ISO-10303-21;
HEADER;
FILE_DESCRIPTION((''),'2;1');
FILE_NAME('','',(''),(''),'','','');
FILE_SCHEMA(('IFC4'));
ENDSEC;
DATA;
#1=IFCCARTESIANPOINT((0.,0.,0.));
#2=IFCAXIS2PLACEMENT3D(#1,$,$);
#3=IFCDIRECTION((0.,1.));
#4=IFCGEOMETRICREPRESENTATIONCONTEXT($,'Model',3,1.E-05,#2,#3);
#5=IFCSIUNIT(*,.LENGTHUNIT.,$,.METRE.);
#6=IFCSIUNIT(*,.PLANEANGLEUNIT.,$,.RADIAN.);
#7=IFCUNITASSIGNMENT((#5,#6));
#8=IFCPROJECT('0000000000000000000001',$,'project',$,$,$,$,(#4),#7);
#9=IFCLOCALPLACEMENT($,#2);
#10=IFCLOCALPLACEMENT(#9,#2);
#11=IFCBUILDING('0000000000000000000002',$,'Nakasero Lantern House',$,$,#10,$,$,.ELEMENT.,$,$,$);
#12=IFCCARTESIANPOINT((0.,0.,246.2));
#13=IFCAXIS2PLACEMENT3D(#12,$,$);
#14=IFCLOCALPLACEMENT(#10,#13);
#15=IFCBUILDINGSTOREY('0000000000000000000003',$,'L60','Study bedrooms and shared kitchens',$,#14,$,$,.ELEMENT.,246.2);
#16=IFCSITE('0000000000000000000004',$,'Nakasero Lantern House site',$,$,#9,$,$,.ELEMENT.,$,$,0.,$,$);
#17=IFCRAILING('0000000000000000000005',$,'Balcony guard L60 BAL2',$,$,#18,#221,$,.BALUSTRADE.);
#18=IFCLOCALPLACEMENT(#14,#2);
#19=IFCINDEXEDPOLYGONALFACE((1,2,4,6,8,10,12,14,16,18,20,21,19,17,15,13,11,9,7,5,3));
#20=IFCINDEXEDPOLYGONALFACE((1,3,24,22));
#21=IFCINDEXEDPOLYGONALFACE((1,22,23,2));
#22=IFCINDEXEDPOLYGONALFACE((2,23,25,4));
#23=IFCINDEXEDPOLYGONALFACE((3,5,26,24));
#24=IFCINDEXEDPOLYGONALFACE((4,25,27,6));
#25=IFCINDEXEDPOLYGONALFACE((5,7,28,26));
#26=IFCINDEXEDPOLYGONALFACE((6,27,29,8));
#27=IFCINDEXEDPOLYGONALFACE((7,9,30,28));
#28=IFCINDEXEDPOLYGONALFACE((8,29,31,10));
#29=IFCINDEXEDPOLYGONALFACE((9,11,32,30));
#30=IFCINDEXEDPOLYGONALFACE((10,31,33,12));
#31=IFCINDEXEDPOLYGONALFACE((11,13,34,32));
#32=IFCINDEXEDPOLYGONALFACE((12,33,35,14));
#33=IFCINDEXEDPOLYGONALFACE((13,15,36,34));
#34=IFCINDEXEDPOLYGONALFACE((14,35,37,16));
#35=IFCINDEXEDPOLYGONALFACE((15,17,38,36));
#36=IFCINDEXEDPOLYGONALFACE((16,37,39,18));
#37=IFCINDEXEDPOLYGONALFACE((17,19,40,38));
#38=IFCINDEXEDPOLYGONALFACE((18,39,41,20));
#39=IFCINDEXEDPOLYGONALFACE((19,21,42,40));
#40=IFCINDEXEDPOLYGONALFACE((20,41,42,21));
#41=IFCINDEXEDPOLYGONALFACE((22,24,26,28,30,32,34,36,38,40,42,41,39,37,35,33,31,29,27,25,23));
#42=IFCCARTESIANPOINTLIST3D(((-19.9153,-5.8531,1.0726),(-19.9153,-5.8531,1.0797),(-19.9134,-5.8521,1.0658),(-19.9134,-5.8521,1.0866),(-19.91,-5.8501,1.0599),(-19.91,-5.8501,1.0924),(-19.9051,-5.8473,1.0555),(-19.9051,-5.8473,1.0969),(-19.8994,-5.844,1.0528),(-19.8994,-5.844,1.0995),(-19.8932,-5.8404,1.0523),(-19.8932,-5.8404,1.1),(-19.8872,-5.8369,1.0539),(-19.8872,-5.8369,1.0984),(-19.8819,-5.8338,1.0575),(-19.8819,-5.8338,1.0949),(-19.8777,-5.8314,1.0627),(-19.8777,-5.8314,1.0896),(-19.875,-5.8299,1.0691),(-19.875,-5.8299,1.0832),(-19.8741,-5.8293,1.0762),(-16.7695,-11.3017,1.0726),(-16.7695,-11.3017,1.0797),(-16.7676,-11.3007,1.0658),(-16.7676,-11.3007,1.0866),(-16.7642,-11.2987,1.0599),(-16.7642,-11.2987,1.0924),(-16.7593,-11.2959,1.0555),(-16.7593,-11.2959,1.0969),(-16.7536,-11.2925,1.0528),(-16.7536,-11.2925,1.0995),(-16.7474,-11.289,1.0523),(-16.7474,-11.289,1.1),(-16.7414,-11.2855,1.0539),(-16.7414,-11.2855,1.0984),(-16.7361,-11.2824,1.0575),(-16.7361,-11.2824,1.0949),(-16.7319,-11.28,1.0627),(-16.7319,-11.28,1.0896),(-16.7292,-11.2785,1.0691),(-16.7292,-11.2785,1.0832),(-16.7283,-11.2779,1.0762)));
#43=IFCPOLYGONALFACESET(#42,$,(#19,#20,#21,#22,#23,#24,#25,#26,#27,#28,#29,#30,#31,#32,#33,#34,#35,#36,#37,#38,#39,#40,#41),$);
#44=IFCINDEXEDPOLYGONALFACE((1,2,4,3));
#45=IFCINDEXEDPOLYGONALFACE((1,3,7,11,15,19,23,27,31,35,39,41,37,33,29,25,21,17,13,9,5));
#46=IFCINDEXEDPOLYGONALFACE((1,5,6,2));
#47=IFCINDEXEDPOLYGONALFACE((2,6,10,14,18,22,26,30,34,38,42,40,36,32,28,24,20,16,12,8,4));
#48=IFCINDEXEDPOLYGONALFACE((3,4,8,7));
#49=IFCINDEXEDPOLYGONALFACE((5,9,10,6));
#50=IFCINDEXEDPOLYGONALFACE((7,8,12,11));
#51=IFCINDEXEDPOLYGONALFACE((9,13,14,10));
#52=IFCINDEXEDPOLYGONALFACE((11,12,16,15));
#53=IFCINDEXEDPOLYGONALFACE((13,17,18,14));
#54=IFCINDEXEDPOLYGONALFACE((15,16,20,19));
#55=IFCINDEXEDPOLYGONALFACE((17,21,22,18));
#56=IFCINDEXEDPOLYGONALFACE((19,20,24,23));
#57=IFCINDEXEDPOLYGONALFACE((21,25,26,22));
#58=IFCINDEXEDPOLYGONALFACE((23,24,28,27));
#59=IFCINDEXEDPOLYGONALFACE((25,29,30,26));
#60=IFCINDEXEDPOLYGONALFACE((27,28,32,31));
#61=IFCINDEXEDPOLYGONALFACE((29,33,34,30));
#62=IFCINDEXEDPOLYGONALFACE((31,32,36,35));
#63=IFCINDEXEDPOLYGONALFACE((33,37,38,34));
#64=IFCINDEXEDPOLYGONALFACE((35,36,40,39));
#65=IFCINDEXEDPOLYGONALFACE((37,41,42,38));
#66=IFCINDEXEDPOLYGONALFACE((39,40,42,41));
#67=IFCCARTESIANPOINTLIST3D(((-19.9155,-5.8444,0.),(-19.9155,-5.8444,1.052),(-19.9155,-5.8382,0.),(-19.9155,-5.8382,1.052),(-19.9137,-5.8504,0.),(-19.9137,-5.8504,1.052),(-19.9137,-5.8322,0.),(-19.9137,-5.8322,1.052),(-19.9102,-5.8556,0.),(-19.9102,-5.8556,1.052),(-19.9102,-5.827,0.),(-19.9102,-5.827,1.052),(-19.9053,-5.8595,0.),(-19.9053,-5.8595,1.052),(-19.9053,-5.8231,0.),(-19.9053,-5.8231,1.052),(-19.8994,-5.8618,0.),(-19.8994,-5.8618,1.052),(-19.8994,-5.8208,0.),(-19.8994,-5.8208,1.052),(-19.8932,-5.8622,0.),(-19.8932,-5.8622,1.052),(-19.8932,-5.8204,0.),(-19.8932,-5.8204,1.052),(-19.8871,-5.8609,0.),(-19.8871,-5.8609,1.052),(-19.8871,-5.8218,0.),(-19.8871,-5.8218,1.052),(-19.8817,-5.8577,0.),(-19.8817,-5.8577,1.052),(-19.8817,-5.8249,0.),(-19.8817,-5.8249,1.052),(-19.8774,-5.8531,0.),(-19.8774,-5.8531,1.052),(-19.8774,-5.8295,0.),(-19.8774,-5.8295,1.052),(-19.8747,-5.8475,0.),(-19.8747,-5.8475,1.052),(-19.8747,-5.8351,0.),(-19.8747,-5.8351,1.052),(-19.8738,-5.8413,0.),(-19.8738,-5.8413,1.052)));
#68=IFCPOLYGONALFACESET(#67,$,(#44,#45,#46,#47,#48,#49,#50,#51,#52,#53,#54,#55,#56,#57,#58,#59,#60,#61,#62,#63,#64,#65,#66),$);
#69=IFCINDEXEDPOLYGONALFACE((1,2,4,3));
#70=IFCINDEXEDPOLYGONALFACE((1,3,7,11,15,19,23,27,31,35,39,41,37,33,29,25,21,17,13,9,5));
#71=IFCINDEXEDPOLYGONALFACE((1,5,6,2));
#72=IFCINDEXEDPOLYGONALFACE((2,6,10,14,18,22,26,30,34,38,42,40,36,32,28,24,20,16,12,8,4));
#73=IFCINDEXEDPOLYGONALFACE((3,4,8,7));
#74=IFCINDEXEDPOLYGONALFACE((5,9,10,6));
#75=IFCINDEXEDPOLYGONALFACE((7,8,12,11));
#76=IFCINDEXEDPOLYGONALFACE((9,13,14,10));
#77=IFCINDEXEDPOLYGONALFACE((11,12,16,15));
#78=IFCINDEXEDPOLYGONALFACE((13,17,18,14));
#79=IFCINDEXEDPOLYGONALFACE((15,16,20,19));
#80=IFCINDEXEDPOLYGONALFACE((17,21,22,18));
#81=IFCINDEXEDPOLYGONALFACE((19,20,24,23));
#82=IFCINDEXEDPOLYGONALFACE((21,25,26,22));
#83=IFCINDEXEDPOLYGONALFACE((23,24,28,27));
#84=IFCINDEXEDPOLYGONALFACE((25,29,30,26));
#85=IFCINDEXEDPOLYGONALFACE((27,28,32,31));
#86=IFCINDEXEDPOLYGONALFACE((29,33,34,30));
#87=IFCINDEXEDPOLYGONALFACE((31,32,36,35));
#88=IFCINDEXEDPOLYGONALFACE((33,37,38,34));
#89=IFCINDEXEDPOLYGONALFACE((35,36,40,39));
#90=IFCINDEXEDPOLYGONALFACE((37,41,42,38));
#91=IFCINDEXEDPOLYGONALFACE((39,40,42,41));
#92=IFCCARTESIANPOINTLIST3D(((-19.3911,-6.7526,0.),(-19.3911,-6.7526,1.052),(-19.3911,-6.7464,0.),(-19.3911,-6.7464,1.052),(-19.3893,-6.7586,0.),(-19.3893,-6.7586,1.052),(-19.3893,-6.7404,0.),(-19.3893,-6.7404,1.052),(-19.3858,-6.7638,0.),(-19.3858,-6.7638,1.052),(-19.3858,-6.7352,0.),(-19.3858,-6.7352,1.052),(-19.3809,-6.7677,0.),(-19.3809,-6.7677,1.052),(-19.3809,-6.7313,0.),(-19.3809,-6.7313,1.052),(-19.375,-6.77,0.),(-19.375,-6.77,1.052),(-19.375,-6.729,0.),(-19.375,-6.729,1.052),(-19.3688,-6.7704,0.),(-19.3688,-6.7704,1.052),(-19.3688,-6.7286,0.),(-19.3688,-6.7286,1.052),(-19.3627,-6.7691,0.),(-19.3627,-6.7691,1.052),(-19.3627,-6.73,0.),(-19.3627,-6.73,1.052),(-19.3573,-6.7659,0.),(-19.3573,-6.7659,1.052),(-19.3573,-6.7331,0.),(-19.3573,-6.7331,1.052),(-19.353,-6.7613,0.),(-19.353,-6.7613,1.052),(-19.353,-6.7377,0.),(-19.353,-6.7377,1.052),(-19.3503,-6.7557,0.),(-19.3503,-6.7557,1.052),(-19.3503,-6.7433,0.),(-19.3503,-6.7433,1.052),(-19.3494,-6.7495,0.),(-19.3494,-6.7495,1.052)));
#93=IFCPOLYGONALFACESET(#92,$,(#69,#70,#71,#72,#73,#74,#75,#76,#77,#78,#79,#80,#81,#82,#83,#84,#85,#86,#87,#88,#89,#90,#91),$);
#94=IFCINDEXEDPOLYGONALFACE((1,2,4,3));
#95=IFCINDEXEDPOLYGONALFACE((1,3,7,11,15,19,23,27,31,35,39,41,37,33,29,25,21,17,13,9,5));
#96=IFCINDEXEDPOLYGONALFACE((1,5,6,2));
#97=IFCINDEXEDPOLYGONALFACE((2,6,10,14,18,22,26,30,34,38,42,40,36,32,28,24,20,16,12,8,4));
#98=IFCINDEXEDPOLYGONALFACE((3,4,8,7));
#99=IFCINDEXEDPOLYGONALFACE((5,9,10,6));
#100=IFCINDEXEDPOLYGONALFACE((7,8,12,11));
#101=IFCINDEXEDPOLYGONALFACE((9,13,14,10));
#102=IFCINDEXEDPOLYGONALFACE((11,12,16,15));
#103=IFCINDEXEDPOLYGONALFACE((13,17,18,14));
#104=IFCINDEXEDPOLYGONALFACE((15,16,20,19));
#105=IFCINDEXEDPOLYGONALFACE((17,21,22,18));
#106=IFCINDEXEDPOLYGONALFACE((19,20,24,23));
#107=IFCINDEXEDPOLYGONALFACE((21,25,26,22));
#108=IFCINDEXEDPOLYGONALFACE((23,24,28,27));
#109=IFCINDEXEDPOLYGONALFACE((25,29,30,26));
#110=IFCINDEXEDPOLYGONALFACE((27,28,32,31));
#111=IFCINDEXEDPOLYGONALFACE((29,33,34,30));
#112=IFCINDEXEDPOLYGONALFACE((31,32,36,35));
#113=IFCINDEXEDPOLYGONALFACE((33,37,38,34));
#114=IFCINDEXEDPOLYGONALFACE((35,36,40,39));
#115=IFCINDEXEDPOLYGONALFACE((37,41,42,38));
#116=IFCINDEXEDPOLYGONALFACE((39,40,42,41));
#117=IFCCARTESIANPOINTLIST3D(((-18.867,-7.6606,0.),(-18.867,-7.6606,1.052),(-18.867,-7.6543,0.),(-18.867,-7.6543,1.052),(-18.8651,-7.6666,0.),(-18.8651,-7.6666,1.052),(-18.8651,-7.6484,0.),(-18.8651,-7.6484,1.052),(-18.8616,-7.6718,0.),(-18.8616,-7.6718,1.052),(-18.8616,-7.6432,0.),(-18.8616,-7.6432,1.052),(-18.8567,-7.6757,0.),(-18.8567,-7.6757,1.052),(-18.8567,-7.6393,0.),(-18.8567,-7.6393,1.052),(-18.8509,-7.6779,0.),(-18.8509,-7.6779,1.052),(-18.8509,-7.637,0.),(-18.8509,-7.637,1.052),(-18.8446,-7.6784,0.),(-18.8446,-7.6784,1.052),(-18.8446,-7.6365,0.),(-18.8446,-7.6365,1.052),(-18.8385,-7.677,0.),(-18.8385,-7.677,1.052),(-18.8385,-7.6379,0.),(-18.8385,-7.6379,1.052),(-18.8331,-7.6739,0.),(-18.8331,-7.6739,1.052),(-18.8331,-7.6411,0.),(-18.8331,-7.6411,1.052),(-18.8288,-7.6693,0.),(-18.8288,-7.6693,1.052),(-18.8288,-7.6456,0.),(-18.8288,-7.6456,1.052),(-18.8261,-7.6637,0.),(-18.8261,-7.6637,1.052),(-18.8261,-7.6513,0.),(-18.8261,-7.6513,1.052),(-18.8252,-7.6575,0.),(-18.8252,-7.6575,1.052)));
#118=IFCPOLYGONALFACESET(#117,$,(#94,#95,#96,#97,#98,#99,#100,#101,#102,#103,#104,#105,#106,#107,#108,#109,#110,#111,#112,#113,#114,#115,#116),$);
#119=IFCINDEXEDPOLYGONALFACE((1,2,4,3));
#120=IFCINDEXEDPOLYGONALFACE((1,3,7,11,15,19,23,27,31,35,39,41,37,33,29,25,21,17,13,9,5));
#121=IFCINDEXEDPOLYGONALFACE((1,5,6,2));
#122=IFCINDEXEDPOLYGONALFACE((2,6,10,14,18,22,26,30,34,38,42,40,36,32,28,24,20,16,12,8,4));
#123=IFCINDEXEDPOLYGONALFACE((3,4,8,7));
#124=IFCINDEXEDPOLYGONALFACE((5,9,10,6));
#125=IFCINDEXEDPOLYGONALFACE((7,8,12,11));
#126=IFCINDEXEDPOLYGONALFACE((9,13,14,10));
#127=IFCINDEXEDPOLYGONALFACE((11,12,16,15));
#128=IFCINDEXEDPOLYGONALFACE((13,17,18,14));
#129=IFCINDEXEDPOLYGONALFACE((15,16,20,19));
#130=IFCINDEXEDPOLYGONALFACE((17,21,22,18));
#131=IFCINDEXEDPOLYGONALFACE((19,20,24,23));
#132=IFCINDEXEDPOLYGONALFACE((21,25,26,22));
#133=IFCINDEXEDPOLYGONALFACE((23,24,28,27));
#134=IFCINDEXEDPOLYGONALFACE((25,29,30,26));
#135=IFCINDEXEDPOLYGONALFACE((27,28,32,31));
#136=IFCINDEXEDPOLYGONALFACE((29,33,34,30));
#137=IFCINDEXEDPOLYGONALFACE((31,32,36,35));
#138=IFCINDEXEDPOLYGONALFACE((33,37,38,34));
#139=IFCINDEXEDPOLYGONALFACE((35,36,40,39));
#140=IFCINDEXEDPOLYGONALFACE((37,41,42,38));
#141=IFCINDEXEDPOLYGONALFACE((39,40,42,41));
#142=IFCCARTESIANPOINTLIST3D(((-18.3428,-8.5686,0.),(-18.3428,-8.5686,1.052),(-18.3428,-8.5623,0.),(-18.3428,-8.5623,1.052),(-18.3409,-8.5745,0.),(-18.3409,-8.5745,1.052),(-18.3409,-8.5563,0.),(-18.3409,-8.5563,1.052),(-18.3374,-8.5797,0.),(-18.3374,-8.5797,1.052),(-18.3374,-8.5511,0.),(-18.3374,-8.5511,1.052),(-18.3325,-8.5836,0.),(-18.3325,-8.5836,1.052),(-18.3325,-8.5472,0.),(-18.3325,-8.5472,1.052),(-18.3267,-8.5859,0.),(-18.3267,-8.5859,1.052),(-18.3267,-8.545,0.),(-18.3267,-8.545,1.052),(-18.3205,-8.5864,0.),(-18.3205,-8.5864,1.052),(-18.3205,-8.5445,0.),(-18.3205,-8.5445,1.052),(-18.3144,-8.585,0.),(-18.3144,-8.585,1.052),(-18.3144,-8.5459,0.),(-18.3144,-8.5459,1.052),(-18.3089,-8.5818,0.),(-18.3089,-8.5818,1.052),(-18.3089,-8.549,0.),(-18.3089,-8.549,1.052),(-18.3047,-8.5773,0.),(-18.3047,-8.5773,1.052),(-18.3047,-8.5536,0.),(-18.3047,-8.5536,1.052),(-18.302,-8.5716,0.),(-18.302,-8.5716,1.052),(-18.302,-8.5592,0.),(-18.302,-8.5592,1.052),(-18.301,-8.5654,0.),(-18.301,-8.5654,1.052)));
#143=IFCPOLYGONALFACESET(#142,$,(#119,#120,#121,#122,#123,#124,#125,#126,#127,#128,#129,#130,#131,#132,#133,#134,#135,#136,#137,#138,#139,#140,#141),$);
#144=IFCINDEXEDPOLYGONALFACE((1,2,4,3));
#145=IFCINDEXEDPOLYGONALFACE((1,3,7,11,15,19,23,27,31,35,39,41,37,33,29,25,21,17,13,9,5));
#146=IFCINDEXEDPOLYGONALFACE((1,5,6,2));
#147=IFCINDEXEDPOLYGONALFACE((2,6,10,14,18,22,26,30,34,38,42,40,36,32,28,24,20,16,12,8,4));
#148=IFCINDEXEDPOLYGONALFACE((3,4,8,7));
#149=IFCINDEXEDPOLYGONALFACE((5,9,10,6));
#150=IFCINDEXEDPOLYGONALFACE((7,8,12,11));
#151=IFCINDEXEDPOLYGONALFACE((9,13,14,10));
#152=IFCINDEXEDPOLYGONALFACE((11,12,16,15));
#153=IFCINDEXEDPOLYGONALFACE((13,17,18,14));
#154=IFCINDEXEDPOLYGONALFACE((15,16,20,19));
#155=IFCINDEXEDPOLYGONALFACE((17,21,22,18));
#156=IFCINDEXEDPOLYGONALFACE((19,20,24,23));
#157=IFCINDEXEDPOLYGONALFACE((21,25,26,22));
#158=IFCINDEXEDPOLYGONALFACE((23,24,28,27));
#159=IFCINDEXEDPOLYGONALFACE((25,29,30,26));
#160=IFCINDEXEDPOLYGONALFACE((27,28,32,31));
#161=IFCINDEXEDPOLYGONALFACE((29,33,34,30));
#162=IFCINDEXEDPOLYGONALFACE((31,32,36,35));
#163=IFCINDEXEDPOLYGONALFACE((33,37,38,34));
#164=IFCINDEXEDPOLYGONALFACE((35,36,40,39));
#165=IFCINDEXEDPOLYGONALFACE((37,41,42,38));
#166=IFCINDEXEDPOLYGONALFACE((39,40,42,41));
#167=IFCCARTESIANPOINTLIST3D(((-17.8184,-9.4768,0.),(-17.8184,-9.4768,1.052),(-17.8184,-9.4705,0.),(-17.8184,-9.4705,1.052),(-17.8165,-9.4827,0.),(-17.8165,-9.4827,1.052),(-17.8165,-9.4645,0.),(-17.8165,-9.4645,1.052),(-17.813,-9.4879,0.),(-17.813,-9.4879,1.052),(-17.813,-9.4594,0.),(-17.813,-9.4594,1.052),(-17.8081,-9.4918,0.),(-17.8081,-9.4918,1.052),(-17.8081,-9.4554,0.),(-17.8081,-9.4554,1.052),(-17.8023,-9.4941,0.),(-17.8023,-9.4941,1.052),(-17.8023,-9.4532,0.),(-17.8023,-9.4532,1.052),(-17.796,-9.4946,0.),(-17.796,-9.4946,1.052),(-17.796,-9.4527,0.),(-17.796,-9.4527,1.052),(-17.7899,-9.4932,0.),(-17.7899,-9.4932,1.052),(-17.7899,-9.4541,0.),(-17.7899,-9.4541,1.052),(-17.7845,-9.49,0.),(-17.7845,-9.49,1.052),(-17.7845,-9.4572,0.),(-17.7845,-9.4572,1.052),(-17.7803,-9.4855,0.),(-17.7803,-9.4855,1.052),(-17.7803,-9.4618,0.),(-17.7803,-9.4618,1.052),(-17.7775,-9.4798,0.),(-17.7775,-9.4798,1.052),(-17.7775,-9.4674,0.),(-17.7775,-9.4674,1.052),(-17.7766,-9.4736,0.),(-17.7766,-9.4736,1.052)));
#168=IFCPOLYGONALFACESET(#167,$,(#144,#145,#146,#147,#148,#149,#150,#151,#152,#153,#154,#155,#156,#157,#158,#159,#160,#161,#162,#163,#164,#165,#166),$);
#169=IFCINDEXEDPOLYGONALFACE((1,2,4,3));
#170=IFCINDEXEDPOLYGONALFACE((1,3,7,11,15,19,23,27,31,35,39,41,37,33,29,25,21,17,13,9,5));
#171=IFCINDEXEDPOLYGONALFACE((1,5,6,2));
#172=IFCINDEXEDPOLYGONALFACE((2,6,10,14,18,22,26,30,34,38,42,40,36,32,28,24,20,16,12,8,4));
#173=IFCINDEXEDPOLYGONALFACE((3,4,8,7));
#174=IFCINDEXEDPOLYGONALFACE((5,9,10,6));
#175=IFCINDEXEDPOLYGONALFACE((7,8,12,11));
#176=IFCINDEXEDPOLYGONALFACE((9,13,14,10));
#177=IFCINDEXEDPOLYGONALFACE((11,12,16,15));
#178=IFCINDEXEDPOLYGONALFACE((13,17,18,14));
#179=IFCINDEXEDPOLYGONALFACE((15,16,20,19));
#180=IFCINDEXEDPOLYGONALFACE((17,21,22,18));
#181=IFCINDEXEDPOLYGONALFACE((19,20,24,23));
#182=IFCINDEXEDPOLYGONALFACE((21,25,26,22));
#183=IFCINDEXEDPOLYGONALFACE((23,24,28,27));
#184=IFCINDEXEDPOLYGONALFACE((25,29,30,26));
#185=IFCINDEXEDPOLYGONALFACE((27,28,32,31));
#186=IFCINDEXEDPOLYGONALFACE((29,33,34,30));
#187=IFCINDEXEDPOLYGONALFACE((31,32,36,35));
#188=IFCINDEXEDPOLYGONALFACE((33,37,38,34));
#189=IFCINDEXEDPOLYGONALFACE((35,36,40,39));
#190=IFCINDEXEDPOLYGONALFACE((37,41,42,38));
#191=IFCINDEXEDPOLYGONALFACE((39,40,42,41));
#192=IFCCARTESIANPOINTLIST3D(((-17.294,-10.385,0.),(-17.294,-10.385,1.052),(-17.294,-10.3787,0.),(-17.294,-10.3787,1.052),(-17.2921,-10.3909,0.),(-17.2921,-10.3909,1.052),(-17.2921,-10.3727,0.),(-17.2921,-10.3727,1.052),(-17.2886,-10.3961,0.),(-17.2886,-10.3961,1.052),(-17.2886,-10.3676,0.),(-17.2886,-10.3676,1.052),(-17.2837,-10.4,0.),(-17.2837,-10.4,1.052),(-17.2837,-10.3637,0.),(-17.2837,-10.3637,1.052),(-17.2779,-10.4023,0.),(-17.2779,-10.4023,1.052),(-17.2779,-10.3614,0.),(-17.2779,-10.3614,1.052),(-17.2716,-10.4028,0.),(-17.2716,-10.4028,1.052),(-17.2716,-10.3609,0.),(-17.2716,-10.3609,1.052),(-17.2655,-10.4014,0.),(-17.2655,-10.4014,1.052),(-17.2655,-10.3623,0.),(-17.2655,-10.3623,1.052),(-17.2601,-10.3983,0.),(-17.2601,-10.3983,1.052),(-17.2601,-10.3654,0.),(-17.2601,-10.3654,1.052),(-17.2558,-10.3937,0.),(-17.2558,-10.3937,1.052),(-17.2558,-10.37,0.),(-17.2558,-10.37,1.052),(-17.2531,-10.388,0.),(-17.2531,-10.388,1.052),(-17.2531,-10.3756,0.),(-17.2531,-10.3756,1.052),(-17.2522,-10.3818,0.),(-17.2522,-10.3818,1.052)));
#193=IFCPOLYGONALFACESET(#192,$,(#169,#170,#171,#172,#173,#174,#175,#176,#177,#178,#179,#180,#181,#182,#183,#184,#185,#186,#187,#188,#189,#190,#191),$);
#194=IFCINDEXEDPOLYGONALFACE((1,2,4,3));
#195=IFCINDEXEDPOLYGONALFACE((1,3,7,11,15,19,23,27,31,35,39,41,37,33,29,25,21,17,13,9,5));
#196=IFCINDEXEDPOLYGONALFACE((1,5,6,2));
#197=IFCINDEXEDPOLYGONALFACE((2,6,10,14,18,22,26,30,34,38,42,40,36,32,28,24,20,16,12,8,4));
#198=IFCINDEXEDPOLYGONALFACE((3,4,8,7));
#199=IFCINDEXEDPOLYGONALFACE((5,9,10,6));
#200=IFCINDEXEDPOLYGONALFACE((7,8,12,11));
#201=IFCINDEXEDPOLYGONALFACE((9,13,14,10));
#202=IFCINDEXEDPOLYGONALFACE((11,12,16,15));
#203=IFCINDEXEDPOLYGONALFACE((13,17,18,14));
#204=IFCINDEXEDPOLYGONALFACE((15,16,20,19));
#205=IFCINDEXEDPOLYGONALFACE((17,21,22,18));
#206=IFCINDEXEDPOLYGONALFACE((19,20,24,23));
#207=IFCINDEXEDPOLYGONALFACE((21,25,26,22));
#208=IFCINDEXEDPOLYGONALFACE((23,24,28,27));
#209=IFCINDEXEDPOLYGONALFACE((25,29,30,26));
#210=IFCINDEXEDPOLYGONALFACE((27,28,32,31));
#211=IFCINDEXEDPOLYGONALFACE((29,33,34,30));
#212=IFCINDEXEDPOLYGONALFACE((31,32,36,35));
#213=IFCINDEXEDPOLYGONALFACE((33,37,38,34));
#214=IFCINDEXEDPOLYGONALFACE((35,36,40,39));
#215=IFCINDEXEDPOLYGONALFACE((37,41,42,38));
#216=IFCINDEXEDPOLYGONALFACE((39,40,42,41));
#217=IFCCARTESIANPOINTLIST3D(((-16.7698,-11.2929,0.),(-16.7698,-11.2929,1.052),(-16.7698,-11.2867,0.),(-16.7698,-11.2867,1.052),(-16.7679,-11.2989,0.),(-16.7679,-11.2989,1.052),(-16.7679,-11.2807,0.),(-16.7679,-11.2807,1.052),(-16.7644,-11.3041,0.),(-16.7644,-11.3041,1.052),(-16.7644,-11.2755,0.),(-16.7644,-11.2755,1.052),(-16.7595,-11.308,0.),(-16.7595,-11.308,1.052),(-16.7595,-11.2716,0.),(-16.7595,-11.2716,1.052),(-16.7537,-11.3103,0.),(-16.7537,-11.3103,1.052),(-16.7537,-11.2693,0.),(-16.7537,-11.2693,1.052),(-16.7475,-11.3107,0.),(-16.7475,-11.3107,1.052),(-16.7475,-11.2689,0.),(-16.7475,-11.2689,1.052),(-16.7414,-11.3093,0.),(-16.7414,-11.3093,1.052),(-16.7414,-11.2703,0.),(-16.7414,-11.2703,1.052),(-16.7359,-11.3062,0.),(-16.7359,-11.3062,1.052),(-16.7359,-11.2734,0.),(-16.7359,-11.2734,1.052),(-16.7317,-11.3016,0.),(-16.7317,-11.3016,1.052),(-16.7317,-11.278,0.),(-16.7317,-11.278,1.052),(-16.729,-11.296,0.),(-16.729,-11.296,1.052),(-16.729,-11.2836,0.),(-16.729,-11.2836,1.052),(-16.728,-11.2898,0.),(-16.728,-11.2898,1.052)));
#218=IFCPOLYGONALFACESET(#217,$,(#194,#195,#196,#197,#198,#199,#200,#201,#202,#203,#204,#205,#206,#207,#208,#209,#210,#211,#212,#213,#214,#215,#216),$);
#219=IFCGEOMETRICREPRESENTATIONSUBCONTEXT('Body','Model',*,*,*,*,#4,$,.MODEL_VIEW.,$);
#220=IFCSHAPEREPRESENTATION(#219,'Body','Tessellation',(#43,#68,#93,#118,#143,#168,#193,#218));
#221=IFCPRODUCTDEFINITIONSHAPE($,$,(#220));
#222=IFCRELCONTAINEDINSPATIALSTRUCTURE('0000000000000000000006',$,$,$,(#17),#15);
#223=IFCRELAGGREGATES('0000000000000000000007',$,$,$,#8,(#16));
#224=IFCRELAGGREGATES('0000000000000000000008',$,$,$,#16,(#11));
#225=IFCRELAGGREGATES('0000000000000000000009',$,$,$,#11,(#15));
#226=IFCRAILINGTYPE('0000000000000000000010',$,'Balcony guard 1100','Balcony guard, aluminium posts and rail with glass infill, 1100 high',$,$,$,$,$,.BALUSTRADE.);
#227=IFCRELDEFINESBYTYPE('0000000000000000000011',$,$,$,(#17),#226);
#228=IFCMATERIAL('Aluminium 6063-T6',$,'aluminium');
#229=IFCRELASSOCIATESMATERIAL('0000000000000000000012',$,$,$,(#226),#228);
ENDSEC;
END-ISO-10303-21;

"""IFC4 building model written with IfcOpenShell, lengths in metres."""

from ifc_helpers import new_model, si_unit, direction, frame, origin, origin_2d, place, context, subcontext, project, spatial, circle, extrude, material, type_object, element, save


model = new_model("IFC4")

# Units and contexts
model_context = context("Model", 3, precision=1e-05, world=origin(), true_north=direction((0.0, 1.0)))
body_context = subcontext(model_context, "Body", "Model", "MODEL_VIEW")
ifc_project = project(units=[si_unit("LENGTHUNIT", "METRE"), si_unit("PLANEANGLEUNIT", "RADIAN")], contexts=[model_context])

# Site, building, storey
site_placement = place(None, origin())
site = spatial("IfcSite", under=ifc_project, at=site_placement, Name="Nakasero Lantern House site", CompositionType="ELEMENT", RefElevation=0.0)
building_placement = place(site_placement, origin())
building = spatial("IfcBuilding", under=site, at=building_placement, Name="Nakasero Lantern House", CompositionType="ELEMENT")
storey_placement = place(building_placement, frame((0.0, 0.0, 246.2)))
storey = spatial("IfcBuildingStorey", under=building, at=storey_placement, Name="L60", Description="Study bedrooms and shared kitchens", CompositionType="ELEMENT", Elevation=246.2)

# Railing
ifc_material_1 = material(Name="Aluminium 6063-T6", Category="aluminium")
railing_type = type_object("IfcRailingType", Name="Balcony guard 1100", Description="Balcony guard, aluminium posts and rail with glass infill, 1100 high", PredefinedType="BALUSTRADE", material=ifc_material_1)
railing_placement = place(storey_placement, frame((-19.8948, -5.8413, 0.0)))
element("IfcRailing", 1, at=railing_placement, inside=storey, type_object=railing_type, Name="Balcony guard L60 BAL2", PredefinedType="BALUSTRADE", context=body_context, shape_type="SweptSolid", body=[
    extrude(circle(Radius=0.0239, at=origin_2d()), frame((0.0, 0.0, 1.0762), z_axis=(0.500008, -0.866021, 0.0), x_axis=(0.866021, 0.500008, 0.0)), (0.0, 0.0, 1.0), 6.2915),
    extrude(circle(Radius=0.021, at=origin_2d()), origin(), (0.0, 0.0, 1.0), 1.052),
    extrude(circle(Radius=0.021, at=origin_2d()), frame((0.5244, -0.9082, 0.0)), (0.0, 0.0, 1.0), 1.052),
    extrude(circle(Radius=0.021, at=origin_2d()), frame((1.0486, -1.8162, 0.0)), (0.0, 0.0, 1.0), 1.052),
    extrude(circle(Radius=0.021, at=origin_2d()), frame((1.5728, -2.7241, 0.0)), (0.0, 0.0, 1.0), 1.052),
    extrude(circle(Radius=0.021, at=origin_2d()), frame((2.0972, -3.6323, 0.0)), (0.0, 0.0, 1.0), 1.052),
    extrude(circle(Radius=0.021, at=origin_2d()), frame((2.6216, -4.5405, 0.0)), (0.0, 0.0, 1.0), 1.052),
    extrude(circle(Radius=0.021, at=origin_2d()), frame((3.1458, -5.4485, 0.0)), (0.0, 0.0, 1.0), 1.052),
])

save(model, "model.ifc")
